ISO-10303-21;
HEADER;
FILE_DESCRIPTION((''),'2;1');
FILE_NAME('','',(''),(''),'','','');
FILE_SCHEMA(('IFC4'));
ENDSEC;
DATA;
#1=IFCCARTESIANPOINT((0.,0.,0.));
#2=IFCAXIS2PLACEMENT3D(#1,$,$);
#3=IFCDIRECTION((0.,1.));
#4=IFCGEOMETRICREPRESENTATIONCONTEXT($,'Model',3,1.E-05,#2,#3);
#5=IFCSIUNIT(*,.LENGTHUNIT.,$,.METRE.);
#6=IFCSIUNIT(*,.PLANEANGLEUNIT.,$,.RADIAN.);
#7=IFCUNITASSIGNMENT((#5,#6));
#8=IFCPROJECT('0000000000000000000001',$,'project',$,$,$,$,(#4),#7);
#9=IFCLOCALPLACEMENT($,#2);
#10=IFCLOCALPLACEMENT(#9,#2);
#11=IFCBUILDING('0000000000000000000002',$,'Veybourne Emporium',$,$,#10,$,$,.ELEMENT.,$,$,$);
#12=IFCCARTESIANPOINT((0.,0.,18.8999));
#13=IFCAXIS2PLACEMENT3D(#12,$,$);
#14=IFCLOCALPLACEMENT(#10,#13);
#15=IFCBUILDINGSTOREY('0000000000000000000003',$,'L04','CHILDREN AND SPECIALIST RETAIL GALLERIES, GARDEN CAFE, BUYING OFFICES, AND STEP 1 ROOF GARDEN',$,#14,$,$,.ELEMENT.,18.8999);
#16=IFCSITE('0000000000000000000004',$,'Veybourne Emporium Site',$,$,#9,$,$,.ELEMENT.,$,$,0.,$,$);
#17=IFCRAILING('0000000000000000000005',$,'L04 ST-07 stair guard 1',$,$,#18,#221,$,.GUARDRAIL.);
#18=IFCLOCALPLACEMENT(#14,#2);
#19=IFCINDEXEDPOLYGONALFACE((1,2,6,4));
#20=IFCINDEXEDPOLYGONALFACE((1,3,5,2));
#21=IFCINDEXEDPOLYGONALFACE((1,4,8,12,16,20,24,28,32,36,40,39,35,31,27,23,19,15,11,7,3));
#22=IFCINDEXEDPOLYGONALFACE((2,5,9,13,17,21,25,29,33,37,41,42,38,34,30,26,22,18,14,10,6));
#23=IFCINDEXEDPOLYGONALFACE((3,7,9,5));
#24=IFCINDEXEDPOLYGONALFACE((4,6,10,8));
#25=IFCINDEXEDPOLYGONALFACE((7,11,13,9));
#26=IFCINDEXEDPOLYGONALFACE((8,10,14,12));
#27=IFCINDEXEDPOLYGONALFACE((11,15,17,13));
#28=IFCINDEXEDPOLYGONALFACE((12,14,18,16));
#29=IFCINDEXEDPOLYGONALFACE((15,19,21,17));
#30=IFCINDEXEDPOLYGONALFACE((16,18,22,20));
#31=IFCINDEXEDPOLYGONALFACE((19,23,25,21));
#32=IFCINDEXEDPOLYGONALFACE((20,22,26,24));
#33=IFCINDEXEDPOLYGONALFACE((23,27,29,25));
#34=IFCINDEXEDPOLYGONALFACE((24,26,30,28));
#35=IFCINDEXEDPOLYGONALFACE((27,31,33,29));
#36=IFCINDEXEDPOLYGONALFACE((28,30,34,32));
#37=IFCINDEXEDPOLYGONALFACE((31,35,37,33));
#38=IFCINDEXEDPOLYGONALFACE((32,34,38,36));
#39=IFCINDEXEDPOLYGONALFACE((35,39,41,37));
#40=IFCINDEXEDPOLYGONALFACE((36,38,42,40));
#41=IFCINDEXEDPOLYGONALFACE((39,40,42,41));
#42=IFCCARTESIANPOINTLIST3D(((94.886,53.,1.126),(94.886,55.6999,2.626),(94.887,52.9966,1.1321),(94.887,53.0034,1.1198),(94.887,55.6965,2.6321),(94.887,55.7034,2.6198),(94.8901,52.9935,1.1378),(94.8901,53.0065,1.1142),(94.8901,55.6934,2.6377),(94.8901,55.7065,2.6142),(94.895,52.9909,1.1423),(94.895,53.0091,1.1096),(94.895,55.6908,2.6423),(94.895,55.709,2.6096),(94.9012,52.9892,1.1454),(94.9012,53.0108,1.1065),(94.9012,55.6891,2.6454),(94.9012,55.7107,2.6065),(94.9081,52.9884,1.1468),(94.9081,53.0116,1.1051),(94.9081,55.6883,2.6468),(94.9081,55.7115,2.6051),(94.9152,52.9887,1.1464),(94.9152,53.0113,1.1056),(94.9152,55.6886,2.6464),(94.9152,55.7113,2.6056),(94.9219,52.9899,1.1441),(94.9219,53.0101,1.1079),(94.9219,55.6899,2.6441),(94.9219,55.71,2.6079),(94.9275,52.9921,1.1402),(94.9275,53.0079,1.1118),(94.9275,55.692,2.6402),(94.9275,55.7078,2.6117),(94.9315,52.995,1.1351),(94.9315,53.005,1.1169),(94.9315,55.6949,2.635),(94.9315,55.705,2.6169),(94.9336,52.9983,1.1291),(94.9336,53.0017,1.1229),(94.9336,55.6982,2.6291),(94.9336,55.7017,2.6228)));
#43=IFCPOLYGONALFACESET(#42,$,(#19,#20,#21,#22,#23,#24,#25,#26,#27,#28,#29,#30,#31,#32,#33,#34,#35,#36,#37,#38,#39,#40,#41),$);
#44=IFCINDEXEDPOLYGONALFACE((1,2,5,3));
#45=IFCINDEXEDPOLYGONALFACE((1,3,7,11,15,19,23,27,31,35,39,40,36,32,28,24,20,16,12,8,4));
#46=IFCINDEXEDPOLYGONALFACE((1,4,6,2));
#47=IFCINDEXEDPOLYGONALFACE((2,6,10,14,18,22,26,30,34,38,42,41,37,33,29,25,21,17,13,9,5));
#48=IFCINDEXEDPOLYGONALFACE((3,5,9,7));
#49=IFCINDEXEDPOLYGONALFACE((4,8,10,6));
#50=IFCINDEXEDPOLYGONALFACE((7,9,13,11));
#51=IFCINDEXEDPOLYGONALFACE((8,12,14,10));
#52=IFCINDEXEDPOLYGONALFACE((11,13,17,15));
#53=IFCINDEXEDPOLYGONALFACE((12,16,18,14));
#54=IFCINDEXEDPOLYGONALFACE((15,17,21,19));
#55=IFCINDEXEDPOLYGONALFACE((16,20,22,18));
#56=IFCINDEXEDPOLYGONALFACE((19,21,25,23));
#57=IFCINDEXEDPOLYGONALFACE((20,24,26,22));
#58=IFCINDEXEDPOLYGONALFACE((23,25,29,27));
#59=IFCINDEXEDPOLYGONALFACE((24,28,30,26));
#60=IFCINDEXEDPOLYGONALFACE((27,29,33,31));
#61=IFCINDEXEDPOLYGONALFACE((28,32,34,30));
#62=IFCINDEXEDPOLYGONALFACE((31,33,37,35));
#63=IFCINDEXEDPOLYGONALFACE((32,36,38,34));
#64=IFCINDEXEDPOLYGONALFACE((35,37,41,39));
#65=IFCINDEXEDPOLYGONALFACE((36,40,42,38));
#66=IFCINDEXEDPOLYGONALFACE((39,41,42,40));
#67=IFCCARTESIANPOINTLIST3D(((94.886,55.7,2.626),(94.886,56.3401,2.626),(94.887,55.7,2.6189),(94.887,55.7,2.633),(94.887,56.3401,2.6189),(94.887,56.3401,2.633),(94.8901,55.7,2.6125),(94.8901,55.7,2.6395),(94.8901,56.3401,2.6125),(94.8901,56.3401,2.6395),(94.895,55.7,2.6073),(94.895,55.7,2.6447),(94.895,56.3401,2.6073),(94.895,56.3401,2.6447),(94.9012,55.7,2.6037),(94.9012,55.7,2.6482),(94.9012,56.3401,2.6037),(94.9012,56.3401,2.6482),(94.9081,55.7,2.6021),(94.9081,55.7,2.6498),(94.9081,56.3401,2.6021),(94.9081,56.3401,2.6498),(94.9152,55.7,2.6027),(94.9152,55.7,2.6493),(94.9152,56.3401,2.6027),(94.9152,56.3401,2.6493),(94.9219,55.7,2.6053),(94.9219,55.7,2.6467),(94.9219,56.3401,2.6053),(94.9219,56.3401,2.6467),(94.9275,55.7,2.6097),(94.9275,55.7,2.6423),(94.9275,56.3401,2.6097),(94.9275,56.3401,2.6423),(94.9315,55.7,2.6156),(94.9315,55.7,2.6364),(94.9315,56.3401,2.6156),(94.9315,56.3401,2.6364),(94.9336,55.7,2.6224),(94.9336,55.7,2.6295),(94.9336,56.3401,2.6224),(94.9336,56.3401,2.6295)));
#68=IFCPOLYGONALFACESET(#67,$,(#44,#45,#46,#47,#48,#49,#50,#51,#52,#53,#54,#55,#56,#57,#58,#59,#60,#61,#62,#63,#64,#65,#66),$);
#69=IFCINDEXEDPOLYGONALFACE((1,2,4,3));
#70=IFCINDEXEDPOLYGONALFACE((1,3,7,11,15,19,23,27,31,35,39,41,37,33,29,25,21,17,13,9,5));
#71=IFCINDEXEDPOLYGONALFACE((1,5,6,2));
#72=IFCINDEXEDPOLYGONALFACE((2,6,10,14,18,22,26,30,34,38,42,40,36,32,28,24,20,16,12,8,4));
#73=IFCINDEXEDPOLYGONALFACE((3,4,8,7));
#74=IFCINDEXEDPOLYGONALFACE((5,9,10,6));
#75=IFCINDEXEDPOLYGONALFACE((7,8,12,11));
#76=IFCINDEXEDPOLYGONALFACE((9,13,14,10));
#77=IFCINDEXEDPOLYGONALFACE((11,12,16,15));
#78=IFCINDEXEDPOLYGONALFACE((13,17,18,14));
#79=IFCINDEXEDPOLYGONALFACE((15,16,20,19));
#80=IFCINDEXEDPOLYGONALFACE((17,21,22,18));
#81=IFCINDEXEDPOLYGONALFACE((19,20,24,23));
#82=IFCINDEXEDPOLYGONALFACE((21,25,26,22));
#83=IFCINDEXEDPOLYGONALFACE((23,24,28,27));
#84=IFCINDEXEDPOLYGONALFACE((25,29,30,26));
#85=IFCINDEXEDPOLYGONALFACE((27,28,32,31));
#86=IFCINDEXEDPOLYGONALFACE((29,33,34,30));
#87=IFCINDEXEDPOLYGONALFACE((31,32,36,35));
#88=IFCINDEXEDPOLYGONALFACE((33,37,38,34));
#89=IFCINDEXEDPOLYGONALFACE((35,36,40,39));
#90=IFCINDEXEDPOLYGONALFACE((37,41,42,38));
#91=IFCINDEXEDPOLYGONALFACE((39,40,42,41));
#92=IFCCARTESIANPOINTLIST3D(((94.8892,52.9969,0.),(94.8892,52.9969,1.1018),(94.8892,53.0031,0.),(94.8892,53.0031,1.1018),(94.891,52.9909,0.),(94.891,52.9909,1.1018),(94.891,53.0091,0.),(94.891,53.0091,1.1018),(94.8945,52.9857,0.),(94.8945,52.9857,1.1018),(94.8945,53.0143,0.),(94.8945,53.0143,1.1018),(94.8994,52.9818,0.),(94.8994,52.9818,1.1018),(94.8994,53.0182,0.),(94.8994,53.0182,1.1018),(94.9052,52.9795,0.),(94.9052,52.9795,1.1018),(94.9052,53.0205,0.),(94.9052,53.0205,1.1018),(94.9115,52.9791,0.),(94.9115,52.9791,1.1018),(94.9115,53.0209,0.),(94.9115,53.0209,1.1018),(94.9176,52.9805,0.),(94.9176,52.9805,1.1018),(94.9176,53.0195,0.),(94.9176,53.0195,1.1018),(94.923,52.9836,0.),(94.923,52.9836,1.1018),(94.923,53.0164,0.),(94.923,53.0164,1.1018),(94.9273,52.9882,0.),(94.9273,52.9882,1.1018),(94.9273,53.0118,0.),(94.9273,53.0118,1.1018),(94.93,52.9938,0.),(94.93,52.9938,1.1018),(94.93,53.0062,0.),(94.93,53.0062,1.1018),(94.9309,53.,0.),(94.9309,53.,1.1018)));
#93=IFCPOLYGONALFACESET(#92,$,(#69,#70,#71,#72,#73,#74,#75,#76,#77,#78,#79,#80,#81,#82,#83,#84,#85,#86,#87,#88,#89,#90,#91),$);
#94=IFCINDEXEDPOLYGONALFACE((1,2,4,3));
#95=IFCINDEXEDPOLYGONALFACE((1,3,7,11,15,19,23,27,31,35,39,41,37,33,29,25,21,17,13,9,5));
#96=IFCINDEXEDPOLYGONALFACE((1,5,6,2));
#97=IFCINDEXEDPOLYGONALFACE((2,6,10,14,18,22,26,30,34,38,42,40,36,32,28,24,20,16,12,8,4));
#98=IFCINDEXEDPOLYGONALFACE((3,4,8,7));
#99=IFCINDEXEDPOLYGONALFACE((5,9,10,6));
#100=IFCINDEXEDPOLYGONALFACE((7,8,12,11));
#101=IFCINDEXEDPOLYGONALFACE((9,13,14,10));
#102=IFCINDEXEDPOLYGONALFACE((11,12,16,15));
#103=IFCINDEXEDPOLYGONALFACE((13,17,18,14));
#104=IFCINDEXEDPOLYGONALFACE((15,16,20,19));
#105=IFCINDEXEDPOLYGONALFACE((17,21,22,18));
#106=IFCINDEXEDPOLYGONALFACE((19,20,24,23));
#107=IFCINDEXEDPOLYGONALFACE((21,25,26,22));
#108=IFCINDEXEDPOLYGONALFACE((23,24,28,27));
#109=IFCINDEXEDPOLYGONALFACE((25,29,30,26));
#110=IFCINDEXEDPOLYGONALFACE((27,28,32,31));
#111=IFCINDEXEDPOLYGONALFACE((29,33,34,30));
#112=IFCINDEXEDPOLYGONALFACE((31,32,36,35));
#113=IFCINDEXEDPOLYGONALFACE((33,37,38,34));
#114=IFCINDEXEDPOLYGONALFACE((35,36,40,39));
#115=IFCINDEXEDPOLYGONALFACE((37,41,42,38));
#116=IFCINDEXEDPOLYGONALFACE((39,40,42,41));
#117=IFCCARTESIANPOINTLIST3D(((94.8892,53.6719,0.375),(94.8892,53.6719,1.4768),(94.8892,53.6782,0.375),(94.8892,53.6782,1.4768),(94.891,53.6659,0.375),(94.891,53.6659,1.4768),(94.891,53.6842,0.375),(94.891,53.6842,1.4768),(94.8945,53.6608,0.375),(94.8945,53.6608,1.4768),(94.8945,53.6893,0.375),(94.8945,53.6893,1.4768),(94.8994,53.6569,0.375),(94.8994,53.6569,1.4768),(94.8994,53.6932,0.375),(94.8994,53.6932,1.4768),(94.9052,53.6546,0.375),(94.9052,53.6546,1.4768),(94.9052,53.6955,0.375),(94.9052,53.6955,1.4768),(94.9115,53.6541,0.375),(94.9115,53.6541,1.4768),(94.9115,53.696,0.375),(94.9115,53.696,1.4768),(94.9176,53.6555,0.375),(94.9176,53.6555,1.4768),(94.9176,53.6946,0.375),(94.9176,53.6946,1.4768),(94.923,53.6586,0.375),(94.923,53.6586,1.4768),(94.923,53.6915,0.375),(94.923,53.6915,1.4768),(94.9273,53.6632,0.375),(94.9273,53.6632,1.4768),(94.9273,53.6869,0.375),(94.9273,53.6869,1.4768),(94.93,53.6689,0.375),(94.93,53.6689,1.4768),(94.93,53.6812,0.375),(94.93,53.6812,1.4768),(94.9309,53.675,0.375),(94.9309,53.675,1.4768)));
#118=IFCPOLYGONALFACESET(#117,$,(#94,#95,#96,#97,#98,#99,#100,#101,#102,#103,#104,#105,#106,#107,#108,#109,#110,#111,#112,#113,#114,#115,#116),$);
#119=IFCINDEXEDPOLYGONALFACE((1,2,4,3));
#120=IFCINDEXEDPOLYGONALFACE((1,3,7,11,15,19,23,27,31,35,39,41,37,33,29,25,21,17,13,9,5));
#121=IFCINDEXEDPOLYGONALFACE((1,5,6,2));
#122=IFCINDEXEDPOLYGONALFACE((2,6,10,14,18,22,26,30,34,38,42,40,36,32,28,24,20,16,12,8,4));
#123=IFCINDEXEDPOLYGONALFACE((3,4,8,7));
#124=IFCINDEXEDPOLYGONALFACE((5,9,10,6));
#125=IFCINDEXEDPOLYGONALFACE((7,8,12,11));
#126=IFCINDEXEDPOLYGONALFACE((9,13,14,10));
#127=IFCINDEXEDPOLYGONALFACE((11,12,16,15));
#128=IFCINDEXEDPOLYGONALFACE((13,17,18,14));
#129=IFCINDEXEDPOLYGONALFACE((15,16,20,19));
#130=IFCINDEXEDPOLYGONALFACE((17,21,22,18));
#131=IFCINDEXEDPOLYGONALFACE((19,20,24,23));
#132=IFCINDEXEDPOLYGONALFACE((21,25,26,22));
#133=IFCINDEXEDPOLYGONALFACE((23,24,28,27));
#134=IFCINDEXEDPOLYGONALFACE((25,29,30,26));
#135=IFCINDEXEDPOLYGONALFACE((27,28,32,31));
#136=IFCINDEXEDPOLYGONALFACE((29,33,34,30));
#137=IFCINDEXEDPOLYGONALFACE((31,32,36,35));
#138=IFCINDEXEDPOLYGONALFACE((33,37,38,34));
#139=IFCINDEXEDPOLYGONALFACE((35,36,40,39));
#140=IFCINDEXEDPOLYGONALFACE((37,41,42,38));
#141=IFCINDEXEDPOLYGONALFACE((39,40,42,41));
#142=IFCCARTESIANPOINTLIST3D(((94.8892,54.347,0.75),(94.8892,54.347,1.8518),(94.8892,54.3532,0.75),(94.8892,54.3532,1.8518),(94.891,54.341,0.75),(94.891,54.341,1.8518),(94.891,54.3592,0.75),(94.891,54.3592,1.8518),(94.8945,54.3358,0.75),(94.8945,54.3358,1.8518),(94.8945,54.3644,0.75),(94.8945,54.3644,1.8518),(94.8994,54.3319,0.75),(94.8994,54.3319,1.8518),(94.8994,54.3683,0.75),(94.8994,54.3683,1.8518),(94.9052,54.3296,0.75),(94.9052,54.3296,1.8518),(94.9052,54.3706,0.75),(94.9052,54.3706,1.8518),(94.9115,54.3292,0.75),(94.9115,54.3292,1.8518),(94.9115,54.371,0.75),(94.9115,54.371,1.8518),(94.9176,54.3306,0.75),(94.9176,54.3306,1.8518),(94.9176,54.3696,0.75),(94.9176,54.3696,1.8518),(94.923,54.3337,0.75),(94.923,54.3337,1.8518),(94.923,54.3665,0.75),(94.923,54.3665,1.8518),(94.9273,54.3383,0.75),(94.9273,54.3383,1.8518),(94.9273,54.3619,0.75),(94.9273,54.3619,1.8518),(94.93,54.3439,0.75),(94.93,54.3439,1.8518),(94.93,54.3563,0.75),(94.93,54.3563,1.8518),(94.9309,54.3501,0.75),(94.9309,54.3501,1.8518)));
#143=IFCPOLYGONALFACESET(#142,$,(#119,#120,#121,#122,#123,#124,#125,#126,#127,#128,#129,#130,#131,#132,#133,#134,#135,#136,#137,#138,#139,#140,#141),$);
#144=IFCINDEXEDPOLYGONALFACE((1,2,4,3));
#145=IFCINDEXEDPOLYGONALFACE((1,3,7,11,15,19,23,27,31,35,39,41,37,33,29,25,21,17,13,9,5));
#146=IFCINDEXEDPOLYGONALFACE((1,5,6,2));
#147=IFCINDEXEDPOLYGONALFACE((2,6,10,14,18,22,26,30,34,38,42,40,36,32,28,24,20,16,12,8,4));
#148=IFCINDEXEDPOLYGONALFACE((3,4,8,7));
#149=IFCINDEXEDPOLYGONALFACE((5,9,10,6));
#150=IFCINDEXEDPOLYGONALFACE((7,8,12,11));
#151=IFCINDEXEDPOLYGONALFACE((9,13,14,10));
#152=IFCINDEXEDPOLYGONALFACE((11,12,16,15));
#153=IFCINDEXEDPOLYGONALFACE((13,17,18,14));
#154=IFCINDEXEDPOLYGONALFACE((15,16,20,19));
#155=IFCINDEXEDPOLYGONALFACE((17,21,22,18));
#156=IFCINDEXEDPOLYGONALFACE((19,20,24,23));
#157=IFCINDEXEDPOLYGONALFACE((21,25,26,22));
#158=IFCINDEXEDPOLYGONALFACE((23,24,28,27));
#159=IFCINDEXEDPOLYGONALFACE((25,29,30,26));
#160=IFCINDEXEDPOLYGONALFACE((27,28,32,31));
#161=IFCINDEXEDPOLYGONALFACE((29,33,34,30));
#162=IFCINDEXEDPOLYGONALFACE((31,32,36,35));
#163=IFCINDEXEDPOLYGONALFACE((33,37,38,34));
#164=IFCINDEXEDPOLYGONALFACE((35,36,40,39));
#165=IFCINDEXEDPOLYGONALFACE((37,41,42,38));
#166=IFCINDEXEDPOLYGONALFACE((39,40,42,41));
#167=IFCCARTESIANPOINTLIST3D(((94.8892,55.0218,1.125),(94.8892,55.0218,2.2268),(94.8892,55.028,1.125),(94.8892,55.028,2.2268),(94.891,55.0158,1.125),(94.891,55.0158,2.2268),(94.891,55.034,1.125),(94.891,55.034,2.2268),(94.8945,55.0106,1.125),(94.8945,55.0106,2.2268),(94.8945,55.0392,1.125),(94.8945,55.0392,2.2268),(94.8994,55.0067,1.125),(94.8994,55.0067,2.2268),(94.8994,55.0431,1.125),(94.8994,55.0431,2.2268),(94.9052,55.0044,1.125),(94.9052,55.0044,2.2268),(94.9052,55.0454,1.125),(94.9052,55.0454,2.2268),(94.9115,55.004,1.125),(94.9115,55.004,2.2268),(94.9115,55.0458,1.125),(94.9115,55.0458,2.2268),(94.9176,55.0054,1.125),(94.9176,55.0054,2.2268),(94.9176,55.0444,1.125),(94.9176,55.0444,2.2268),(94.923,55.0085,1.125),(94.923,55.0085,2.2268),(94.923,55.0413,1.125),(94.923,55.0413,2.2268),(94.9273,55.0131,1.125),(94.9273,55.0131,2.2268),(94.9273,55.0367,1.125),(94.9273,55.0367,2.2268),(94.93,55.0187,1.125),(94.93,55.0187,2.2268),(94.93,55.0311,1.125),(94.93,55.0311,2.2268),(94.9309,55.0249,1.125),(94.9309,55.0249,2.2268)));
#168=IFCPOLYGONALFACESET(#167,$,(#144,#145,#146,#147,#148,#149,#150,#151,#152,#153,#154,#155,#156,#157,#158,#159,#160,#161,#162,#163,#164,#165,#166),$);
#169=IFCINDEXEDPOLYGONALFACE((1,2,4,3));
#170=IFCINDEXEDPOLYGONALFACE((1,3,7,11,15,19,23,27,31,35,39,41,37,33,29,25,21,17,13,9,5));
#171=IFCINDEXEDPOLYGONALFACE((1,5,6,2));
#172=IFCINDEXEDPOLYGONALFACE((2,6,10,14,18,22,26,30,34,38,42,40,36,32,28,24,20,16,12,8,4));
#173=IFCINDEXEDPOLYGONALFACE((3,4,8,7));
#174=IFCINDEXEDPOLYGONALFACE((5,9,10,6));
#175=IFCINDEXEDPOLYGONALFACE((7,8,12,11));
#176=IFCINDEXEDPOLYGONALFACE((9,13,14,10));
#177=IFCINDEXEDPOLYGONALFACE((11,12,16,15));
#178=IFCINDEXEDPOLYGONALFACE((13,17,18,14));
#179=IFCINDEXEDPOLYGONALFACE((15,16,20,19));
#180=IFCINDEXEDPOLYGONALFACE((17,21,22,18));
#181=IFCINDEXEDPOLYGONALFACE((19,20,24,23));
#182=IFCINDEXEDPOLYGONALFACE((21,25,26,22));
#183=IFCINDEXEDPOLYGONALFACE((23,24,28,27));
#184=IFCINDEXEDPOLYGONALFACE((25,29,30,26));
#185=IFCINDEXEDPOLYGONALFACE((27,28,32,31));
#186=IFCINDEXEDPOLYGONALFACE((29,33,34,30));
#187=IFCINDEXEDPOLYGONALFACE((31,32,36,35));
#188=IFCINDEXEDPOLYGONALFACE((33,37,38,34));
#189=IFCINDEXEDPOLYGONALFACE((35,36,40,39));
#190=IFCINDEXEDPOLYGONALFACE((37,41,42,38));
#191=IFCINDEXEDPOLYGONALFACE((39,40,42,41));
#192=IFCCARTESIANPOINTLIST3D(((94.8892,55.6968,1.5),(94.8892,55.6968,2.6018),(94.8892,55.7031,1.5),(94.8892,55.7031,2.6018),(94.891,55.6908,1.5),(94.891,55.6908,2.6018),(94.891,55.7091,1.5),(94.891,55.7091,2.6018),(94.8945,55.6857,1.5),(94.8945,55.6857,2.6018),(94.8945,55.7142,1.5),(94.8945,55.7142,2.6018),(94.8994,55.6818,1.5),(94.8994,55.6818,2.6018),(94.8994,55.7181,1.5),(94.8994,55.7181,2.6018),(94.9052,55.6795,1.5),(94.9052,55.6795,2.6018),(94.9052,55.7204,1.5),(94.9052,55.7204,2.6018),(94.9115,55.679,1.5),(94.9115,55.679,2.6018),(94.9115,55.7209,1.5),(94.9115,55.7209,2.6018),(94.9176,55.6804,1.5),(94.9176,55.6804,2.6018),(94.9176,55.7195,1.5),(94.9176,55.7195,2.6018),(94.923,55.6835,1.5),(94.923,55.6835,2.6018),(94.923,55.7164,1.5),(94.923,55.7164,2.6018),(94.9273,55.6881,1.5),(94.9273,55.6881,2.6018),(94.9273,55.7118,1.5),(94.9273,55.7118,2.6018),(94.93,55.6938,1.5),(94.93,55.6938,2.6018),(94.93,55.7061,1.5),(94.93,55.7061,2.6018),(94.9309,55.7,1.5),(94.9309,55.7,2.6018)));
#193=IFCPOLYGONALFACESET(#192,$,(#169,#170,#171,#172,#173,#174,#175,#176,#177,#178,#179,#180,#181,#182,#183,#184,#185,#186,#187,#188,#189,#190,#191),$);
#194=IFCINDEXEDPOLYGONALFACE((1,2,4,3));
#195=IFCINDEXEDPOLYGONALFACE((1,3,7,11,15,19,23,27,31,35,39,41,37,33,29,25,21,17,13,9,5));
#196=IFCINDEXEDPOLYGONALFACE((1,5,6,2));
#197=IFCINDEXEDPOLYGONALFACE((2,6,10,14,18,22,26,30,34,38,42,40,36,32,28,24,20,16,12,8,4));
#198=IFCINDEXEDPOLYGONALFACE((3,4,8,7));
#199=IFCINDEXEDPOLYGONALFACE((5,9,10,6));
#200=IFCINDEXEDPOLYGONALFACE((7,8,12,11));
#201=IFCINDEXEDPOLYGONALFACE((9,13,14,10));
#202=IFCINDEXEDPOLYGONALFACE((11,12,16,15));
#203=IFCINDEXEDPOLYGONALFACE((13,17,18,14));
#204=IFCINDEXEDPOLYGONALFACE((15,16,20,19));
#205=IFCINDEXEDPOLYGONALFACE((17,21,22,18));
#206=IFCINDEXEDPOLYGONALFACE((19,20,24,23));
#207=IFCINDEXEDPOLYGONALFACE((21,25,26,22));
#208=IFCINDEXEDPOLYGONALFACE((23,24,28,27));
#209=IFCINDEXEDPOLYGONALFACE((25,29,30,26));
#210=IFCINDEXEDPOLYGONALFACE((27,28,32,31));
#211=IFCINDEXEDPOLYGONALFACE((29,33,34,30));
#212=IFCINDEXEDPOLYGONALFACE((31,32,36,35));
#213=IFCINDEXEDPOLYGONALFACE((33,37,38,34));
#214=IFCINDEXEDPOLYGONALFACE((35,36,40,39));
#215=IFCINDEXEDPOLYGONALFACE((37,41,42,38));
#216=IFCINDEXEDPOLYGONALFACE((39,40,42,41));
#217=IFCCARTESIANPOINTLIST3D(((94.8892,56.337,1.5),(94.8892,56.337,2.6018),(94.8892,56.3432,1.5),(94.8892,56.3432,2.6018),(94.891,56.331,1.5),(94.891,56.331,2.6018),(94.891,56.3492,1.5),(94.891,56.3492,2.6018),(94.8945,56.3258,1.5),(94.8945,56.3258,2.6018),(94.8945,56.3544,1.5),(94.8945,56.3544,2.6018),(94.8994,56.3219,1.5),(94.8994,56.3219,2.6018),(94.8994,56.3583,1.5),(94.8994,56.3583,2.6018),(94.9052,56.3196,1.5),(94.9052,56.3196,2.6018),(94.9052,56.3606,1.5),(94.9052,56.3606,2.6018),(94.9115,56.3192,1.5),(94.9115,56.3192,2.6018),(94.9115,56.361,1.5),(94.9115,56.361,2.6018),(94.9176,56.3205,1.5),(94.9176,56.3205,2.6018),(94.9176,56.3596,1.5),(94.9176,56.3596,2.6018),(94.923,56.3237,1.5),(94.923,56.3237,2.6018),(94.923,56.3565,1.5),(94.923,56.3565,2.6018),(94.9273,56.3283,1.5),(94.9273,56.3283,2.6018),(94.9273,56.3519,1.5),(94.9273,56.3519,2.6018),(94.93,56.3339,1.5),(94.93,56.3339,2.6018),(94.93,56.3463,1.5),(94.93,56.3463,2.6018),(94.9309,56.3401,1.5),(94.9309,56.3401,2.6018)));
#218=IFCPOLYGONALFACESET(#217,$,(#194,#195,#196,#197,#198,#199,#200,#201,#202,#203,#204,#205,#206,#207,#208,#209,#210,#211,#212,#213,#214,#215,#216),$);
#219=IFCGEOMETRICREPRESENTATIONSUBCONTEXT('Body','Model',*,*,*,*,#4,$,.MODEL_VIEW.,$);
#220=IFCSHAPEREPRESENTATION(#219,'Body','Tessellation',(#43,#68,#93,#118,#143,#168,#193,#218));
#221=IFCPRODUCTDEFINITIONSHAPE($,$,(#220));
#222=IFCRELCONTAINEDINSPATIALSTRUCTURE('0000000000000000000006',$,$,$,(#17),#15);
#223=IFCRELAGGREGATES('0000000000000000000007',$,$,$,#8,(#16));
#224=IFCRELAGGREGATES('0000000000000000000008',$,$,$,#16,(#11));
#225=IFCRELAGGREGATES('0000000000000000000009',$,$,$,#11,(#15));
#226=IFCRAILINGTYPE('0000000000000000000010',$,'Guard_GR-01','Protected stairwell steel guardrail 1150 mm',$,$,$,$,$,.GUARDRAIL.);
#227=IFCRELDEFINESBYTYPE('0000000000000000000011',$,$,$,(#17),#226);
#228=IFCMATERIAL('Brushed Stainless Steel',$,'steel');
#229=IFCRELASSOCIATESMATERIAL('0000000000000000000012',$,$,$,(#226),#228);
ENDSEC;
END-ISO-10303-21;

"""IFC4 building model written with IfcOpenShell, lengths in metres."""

from ifc_helpers import new_model, si_unit, direction, frame, origin, origin_2d, place, context, subcontext, project, spatial, circle, extrude, material, type_object, element, save


model = new_model("IFC4")

# Units and contexts
model_context = context("Model", 3, precision=1e-05, world=origin(), true_north=direction((0.0, 1.0)))
body_context = subcontext(model_context, "Body", "Model", "MODEL_VIEW")
ifc_project = project(units=[si_unit("LENGTHUNIT", "METRE"), si_unit("PLANEANGLEUNIT", "RADIAN")], contexts=[model_context])

# Site, building, storey
site_placement = place(None, origin())
site = spatial("IfcSite", under=ifc_project, at=site_placement, Name="Veybourne Emporium Site", CompositionType="ELEMENT", RefElevation=0.0)
building_placement = place(site_placement, origin())
building = spatial("IfcBuilding", under=site, at=building_placement, Name="Veybourne Emporium", CompositionType="ELEMENT")
storey_placement = place(building_placement, frame((0.0, 0.0, 18.8999)))
storey = spatial("IfcBuildingStorey", under=building, at=storey_placement, Name="L04", Description="CHILDREN AND SPECIALIST RETAIL GALLERIES, GARDEN CAFE, BUYING OFFICES, AND STEP 1 ROOF GARDEN", CompositionType="ELEMENT", Elevation=18.8999)

# Railing
ifc_material_1 = material(Name="Brushed Stainless Steel", Category="steel")
railing_type_1 = type_object("IfcRailingType", Name="Guard_GR-01", Description="Protected stairwell steel guardrail 1150 mm", PredefinedType="GUARDRAIL", material=ifc_material_1)
railing_1_placement = place(storey_placement, frame((94.9099, 53.0, 0.0)))
element("IfcRailing", 1, at=railing_1_placement, inside=storey, type_object=railing_type_1, Name="L04 ST-07 stair guard 1", PredefinedType="GUARDRAIL", context=body_context, shape_type="SweptSolid", body=[
    extrude(circle(Radius=0.0239, at=origin_2d()), frame((0.0, 0.0, 1.126), z_axis=(0.0, 0.874154, 0.48565), x_axis=(-1.0, 0.0, 0.0)), (0.0, 0.0, 1.0), 3.0886),
    extrude(circle(Radius=0.0239, at=origin_2d()), frame((0.0, 2.7, 2.626), z_axis=(0.0, 1.0, 0.0), x_axis=(-1.0, 0.0, 0.0)), (0.0, 0.0, 1.0), 0.6401),
    extrude(circle(Radius=0.021, at=origin_2d()), origin(), (0.0, 0.0, 1.0), 1.1018),
    extrude(circle(Radius=0.021, at=origin_2d()), frame((0.0, 0.675, 0.375)), (0.0, 0.0, 1.0), 1.1018),
    extrude(circle(Radius=0.021, at=origin_2d()), frame((0.0, 1.3501, 0.75)), (0.0, 0.0, 1.0), 1.1018),
    extrude(circle(Radius=0.021, at=origin_2d()), frame((0.0, 2.0249, 1.125)), (0.0, 0.0, 1.0), 1.1018),
    extrude(circle(Radius=0.021, at=origin_2d()), frame((0.0, 2.7, 1.5)), (0.0, 0.0, 1.0), 1.1018),
    extrude(circle(Radius=0.021, at=origin_2d()), frame((0.0, 3.3401, 1.5)), (0.0, 0.0, 1.0), 1.1018),
])

save(model, "model.ifc")
